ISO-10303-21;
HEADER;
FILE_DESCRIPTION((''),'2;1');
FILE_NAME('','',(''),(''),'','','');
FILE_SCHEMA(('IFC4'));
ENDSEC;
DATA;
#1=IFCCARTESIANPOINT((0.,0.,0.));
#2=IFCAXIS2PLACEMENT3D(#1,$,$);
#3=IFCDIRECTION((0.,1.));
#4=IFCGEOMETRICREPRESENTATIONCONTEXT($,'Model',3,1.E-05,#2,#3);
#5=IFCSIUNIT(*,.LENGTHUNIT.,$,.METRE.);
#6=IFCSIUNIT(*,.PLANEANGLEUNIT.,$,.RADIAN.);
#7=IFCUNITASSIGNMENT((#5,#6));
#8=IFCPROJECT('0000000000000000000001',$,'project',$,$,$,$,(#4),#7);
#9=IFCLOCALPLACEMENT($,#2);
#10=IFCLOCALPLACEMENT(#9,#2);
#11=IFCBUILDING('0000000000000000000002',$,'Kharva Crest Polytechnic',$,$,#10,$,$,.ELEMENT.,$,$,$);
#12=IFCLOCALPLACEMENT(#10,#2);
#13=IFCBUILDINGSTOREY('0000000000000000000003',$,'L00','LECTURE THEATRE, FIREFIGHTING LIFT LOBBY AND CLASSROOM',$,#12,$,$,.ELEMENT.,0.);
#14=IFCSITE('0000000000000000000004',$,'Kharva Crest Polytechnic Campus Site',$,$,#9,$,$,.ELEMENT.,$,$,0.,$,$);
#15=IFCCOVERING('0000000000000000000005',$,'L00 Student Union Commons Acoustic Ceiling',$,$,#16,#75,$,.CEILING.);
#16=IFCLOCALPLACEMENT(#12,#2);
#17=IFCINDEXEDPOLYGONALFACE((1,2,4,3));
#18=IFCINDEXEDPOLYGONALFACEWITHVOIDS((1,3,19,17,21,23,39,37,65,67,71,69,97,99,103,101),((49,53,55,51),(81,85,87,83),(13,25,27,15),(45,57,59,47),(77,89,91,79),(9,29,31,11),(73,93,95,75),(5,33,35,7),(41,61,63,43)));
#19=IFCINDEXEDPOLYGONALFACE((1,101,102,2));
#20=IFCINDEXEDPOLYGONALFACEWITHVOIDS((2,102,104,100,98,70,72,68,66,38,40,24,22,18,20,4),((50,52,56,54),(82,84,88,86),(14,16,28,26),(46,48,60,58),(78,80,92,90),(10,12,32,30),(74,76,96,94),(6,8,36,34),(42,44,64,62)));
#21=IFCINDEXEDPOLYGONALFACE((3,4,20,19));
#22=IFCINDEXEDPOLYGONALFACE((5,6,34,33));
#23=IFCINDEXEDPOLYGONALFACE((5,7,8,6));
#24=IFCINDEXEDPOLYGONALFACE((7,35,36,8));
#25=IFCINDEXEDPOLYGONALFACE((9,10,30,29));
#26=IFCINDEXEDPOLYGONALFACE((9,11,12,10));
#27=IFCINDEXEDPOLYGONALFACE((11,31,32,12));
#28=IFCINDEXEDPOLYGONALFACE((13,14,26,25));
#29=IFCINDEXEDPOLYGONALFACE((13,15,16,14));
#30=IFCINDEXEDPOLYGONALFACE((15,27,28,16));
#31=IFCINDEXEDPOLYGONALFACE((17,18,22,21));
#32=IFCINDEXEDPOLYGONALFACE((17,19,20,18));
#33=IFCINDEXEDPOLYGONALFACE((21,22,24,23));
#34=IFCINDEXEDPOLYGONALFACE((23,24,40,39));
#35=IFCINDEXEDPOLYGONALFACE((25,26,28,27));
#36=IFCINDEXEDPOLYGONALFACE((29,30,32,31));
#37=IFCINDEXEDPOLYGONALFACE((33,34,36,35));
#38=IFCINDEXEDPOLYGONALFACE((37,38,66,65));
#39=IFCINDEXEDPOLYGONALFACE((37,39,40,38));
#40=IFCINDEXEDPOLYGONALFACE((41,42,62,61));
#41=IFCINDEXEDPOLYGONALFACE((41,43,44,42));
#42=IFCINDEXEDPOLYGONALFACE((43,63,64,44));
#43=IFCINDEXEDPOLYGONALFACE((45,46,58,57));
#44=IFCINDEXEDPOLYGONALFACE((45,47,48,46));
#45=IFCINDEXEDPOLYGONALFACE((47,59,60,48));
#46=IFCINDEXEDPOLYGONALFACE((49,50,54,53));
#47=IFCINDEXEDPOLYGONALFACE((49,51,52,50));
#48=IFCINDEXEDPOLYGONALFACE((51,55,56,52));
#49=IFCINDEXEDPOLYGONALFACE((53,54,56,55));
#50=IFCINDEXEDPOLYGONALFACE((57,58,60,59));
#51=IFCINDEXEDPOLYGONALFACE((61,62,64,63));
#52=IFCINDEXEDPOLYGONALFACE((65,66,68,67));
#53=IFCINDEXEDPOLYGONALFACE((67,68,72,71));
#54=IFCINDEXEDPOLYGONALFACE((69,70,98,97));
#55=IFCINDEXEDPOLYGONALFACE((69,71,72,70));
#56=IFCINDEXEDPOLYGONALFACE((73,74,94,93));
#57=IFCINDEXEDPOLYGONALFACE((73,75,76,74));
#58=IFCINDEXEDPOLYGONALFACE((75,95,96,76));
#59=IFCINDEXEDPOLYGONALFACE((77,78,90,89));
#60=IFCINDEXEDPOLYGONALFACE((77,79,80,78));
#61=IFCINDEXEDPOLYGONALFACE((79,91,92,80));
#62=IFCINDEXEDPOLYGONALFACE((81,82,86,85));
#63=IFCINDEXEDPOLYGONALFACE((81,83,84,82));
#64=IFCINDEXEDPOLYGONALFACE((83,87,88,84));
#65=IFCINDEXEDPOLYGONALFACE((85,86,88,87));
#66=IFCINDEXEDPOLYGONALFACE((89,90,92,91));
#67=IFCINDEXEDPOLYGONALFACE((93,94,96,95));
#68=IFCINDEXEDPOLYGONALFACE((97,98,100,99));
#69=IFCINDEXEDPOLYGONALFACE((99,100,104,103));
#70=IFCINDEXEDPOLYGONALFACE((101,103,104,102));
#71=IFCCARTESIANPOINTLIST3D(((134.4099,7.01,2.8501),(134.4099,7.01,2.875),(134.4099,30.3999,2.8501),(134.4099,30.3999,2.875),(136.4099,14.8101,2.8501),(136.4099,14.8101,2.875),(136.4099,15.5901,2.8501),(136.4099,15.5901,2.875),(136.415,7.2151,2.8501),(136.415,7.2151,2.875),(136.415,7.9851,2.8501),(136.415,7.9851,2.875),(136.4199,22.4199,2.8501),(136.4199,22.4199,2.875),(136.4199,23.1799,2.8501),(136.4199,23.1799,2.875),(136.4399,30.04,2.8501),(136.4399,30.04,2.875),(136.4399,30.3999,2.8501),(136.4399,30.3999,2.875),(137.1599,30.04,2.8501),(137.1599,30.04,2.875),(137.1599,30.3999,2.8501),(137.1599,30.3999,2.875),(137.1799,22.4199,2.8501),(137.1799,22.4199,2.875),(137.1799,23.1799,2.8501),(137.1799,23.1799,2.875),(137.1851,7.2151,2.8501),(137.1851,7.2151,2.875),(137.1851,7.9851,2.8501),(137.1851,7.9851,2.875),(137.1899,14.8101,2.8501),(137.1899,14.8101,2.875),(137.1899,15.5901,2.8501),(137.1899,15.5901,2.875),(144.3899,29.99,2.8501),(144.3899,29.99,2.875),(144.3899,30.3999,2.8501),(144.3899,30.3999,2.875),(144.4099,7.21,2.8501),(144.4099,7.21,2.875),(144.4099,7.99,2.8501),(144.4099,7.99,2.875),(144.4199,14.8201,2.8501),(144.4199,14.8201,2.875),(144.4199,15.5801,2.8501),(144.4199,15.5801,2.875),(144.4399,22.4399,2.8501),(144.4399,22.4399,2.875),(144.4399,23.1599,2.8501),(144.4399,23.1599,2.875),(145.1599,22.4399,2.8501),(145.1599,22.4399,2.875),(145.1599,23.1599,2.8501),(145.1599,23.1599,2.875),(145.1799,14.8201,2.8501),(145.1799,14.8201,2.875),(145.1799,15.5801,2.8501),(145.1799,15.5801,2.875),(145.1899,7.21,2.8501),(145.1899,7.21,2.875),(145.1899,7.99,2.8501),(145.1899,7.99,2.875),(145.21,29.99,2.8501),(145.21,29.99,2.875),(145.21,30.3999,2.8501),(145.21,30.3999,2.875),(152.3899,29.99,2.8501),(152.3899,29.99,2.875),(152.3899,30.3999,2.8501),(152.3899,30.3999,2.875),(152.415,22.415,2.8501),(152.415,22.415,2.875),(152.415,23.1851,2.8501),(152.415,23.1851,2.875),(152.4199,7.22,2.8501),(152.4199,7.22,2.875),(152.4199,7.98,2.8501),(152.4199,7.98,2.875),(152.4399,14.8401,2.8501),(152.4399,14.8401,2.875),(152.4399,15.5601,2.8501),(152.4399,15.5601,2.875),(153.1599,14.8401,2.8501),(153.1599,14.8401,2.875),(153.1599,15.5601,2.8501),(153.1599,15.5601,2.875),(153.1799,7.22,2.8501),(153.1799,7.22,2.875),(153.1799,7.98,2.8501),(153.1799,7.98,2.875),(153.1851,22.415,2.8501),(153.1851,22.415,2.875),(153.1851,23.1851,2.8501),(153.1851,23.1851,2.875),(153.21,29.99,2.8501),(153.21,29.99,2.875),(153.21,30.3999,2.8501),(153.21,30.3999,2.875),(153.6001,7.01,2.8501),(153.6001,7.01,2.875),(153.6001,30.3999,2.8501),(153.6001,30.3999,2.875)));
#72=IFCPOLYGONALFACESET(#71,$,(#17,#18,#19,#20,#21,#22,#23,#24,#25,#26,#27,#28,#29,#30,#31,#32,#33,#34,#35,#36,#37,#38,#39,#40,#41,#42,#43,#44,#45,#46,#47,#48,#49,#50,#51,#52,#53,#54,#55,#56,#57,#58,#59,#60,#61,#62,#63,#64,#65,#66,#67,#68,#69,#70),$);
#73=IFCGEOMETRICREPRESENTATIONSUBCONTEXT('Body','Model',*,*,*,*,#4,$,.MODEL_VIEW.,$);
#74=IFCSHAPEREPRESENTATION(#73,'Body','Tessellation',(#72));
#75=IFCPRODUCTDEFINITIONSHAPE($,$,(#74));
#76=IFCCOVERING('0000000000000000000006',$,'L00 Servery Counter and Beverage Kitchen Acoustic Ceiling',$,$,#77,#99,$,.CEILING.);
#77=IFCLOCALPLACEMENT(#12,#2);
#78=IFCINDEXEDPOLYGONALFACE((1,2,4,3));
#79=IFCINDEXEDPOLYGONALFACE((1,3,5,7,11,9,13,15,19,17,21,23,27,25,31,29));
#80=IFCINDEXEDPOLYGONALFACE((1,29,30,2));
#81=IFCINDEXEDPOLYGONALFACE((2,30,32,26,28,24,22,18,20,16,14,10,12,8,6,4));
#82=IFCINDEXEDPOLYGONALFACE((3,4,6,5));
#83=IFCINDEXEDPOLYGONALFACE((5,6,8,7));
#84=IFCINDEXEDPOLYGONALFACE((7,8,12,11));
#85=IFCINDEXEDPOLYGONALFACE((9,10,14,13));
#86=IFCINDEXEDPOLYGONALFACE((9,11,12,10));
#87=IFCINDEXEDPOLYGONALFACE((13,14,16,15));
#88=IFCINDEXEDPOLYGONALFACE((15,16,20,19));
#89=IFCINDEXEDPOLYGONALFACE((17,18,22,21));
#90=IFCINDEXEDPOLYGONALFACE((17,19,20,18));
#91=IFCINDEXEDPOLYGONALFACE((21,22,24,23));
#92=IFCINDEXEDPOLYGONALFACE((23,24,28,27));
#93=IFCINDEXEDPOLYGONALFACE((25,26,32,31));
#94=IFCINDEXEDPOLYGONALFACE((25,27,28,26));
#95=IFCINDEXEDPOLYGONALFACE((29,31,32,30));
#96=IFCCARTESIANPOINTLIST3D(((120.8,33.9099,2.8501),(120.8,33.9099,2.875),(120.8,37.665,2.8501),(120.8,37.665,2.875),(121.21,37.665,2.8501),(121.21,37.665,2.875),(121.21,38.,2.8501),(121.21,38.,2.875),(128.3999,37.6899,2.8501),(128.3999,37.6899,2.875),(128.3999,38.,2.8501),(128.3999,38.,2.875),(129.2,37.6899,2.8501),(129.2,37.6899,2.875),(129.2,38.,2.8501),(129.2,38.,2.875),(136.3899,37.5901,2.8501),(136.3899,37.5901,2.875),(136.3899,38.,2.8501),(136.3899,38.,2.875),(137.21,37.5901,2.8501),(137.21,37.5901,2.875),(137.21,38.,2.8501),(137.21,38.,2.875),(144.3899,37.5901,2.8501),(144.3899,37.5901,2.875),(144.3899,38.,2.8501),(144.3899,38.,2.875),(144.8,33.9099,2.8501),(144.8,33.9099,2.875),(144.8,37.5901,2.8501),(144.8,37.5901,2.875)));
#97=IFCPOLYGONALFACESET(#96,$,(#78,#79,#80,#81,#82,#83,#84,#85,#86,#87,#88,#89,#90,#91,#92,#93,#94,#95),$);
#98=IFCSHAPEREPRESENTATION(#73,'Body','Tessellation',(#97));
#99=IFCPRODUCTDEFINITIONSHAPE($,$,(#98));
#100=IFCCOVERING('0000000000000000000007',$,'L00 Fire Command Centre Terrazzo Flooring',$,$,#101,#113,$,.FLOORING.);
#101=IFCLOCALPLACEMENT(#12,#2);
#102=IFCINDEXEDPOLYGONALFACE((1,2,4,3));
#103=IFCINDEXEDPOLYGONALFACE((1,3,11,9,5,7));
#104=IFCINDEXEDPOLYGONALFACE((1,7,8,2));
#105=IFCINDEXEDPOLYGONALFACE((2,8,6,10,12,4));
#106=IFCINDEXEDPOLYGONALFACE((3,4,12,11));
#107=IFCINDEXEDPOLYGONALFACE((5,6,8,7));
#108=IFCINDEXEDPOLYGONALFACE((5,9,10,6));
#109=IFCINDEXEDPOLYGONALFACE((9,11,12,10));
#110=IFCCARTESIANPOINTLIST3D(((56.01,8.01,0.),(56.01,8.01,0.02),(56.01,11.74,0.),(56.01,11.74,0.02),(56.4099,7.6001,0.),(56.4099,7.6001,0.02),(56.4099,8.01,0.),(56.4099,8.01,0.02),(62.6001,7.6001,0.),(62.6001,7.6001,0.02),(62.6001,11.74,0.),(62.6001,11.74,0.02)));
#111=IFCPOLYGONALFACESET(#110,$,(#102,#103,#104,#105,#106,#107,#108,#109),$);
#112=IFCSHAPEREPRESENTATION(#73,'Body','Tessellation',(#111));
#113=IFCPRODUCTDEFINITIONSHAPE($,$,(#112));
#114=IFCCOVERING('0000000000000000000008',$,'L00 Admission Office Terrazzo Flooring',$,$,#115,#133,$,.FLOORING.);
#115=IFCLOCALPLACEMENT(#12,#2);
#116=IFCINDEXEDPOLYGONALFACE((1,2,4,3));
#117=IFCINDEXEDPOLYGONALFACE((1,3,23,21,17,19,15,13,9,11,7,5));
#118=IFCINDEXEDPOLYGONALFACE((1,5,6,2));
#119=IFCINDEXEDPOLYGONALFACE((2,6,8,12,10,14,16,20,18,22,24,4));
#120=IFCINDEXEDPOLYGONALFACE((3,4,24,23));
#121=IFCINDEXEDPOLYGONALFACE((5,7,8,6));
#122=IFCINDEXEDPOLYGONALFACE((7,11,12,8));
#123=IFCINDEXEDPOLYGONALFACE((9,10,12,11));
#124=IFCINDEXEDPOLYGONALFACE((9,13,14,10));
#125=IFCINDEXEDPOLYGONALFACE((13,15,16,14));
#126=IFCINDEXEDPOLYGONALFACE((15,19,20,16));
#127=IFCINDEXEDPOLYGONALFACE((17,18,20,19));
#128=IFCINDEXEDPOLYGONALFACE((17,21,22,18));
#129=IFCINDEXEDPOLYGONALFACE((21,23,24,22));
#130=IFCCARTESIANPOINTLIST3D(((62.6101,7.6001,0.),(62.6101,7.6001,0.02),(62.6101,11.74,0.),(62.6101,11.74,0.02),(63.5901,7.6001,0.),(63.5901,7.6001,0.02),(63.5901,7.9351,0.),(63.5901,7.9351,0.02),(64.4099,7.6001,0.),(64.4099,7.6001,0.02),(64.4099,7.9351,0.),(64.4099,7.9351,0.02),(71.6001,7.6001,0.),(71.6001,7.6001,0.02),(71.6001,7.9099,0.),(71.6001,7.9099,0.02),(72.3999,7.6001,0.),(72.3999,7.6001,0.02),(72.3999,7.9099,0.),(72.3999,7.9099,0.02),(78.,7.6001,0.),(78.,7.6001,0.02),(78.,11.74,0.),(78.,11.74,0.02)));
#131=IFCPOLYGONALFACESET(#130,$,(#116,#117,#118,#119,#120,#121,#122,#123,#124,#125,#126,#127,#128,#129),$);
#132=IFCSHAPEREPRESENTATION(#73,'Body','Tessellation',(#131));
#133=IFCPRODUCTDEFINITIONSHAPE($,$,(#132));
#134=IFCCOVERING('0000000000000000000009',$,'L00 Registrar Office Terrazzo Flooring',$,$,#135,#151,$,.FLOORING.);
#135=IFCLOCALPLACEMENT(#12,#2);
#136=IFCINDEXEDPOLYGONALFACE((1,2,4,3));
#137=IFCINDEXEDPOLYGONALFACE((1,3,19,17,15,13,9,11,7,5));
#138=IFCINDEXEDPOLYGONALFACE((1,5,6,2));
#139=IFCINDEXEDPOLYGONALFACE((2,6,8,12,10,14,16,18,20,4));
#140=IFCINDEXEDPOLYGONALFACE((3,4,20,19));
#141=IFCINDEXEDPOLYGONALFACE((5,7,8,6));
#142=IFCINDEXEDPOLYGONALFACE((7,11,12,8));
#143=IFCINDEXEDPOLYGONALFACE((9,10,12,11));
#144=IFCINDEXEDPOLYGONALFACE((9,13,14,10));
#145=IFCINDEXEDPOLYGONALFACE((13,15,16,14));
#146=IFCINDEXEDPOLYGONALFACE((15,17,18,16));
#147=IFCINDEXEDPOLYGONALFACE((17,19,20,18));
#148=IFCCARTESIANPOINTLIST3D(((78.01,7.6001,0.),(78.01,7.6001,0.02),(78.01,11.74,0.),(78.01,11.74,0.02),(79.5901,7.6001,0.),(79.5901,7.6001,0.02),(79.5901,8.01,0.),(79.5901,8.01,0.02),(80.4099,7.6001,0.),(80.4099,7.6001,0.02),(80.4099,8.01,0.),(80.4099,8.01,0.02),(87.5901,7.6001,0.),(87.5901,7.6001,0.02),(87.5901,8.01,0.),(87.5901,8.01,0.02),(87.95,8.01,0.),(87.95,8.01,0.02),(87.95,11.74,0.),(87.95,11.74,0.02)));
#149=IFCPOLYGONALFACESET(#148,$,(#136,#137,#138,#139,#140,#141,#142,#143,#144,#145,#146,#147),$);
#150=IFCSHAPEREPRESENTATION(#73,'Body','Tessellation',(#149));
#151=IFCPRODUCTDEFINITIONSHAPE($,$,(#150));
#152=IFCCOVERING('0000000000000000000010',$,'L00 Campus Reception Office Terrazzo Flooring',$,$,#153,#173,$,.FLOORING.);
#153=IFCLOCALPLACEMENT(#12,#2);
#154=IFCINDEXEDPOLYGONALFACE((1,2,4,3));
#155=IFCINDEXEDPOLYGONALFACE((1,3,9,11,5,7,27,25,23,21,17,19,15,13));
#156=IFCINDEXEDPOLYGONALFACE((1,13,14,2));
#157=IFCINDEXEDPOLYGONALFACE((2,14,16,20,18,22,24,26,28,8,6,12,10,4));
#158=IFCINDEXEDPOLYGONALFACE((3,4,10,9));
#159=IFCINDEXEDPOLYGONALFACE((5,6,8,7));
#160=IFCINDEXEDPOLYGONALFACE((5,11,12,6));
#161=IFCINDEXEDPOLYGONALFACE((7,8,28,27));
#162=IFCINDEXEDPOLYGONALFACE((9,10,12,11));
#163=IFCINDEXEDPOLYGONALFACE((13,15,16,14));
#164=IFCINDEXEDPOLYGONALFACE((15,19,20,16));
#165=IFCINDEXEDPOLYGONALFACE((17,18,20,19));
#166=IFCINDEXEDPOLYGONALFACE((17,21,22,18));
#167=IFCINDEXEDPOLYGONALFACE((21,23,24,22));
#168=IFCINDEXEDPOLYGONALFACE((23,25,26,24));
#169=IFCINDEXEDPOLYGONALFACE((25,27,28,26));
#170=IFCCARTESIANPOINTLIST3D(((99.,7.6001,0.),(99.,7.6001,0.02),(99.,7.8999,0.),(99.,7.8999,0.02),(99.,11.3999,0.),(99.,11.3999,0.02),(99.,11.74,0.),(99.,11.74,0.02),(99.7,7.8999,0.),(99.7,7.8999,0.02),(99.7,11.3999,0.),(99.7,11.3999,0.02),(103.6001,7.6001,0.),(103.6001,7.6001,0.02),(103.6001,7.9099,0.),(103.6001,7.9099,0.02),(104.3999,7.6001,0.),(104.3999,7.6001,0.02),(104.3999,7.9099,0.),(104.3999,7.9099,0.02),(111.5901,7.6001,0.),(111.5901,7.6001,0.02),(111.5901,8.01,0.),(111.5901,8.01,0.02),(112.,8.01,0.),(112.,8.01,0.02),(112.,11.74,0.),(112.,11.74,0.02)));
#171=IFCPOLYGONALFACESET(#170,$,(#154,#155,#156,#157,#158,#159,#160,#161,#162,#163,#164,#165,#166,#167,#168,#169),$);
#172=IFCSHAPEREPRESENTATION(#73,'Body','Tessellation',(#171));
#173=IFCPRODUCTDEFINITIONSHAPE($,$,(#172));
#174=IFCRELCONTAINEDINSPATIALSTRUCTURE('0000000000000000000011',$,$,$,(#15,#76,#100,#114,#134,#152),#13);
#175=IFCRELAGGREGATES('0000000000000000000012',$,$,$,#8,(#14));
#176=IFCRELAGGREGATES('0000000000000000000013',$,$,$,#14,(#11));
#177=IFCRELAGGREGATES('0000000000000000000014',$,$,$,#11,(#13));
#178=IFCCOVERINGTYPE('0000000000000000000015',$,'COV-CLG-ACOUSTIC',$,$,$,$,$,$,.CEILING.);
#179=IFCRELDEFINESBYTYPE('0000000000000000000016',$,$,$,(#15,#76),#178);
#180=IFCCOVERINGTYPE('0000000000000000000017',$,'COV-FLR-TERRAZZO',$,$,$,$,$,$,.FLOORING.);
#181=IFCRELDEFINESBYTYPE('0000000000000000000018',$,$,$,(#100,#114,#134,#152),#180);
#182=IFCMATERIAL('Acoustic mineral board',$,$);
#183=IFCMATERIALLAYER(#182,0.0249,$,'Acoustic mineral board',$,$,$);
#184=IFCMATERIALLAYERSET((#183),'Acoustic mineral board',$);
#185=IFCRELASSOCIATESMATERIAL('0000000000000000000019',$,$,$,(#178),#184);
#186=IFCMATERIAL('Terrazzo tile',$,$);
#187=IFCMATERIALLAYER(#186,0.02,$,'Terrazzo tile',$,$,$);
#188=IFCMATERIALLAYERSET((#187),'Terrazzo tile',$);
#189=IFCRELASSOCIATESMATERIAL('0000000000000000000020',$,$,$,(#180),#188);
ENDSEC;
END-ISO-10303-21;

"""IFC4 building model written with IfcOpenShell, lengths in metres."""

from ifc_helpers import new_model, si_unit, direction, frame, origin, place, context, subcontext, project, spatial, polyline, outline, extrude, material, layer, layer_set, type_object, element, save


model = new_model("IFC4")

# Units and contexts
model_context = context("Model", 3, precision=1e-05, world=origin(), true_north=direction((0.0, 1.0)))
body_context = subcontext(model_context, "Body", "Model", "MODEL_VIEW")
ifc_project = project(units=[si_unit("LENGTHUNIT", "METRE"), si_unit("PLANEANGLEUNIT", "RADIAN")], contexts=[model_context])

# Site, building, storey
site_placement = place(None, origin())
site = spatial("IfcSite", under=ifc_project, at=site_placement, Name="Kharva Crest Polytechnic Campus Site", CompositionType="ELEMENT", RefElevation=0.0)
building_placement = place(site_placement, origin())
building = spatial("IfcBuilding", under=site, at=building_placement, Name="Kharva Crest Polytechnic", CompositionType="ELEMENT")
storey_placement = place(building_placement, origin())
storey = spatial("IfcBuildingStorey", under=building, at=storey_placement, Name="L00", Description="LECTURE THEATRE, FIREFIGHTING LIFT LOBBY AND CLASSROOM", CompositionType="ELEMENT", Elevation=0.0)

# Coverings
ifc_material_1 = material(Name="Acoustic mineral board")
ifc_layer_1 = layer(ifc_material_1, 0.0249, Name="Acoustic mineral board")
ifc_layer_set_1 = layer_set([ifc_layer_1], Name="Acoustic mineral board")
covering_type_1 = type_object("IfcCoveringType", Name="COV-CLG-ACOUSTIC", PredefinedType="CEILING", material=ifc_layer_set_1)
covering_1_placement = place(storey_placement, frame((0.0, 0.0, 2.8501)))
element("IfcCovering", 1, at=covering_1_placement, inside=storey, type_object=covering_type_1, Name="L00 Student Union Commons Acoustic Ceiling", PredefinedType="CEILING", context=body_context, shape_type="SweptSolid", body=[
    extrude(outline(polyline([(136.4399, 30.3999), (136.4399, 30.04), (137.1599, 30.04), (137.1599, 30.3999), (144.3899, 30.3999), (144.3899, 29.99), (145.21, 29.99), (145.21, 30.3999), (152.3899, 30.3999), (152.3899, 29.99), (153.21, 29.99), (153.21, 30.3999), (153.6001, 30.3999), (153.6001, 7.01), (134.4099, 7.01), (134.4099, 30.3999), (136.4399, 30.3999)]), holes=[polyline([(136.415, 7.9851), (136.415, 7.2151), (137.1851, 7.2151), (137.1851, 7.9851), (136.415, 7.9851)]), polyline([(136.4199, 23.1799), (136.4199, 22.4199), (137.1799, 22.4199), (137.1799, 23.1799), (136.4199, 23.1799)]), polyline([(152.4199, 7.98), (152.4199, 7.22), (153.1799, 7.22), (153.1799, 7.98), (152.4199, 7.98)]), polyline([(144.4099, 7.99), (144.4099, 7.21), (145.1899, 7.21), (145.1899, 7.99), (144.4099, 7.99)]), polyline([(144.4199, 15.5801), (144.4199, 14.8201), (145.1799, 14.8201), (145.1799, 15.5801), (144.4199, 15.5801)]), polyline([(153.1599, 15.5601), (152.4399, 15.5601), (152.4399, 14.8401), (153.1599, 14.8401), (153.1599, 15.5601)]), polyline([(137.1899, 15.5901), (136.4099, 15.5901), (136.4099, 14.8101), (137.1899, 14.8101), (137.1899, 15.5901)]), polyline([(144.4399, 23.1599), (144.4399, 22.4399), (145.1599, 22.4399), (145.1599, 23.1599), (144.4399, 23.1599)]), polyline([(152.415, 23.1851), (152.415, 22.415), (153.1851, 22.415), (153.1851, 23.1851), (152.415, 23.1851)])]), origin(), (0.0, 0.0, 1.0), 0.0249),
])
covering_2_placement = place(storey_placement, frame((0.0, 0.0, 2.8501)))
element("IfcCovering", 2, at=covering_2_placement, inside=storey, type_object=covering_type_1, Name="L00 Servery Counter and Beverage Kitchen Acoustic Ceiling", PredefinedType="CEILING", context=body_context, shape_type="SweptSolid", body=[
    extrude(outline(polyline([(120.8, 37.665), (121.21, 37.665), (121.21, 38.0), (128.3999, 38.0), (128.3999, 37.6899), (129.2, 37.6899), (129.2, 38.0), (136.3899, 38.0), (136.3899, 37.5901), (137.21, 37.5901), (137.21, 38.0), (144.3899, 38.0), (144.3899, 37.5901), (144.8, 37.5901), (144.8, 33.9099), (120.8, 33.9099), (120.8, 37.665)])), origin(), (0.0, 0.0, 1.0), 0.0249),
])
ifc_material_2 = material(Name="Terrazzo tile")
ifc_layer_2 = layer(ifc_material_2, 0.02, Name="Terrazzo tile")
ifc_layer_set_2 = layer_set([ifc_layer_2], Name="Terrazzo tile")
covering_type_2 = type_object("IfcCoveringType", Name="COV-FLR-TERRAZZO", PredefinedType="FLOORING", material=ifc_layer_set_2)
covering_3_placement = place(storey_placement, origin())
element("IfcCovering", 3, at=covering_3_placement, inside=storey, type_object=covering_type_2, Name="L00 Fire Command Centre Terrazzo Flooring", PredefinedType="FLOORING", context=body_context, shape_type="SweptSolid", body=[
    extrude(outline(polyline([(62.6001, 7.6001), (56.4099, 7.6001), (56.4099, 8.01), (56.01, 8.01), (56.01, 11.74), (62.6001, 11.74), (62.6001, 7.6001)])), origin(), (0.0, 0.0, 1.0), 0.02),
])
covering_4_placement = place(storey_placement, origin())
element("IfcCovering", 4, at=covering_4_placement, inside=storey, type_object=covering_type_2, Name="L00 Admission Office Terrazzo Flooring", PredefinedType="FLOORING", context=body_context, shape_type="SweptSolid", body=[
    extrude(outline(polyline([(78.0, 7.6001), (72.3999, 7.6001), (72.3999, 7.9099), (71.6001, 7.9099), (71.6001, 7.6001), (64.4099, 7.6001), (64.4099, 7.9351), (63.5901, 7.9351), (63.5901, 7.6001), (62.6101, 7.6001), (62.6101, 11.74), (78.0, 11.74), (78.0, 7.6001)])), origin(), (0.0, 0.0, 1.0), 0.02),
])
covering_5_placement = place(storey_placement, origin())
element("IfcCovering", 5, at=covering_5_placement, inside=storey, type_object=covering_type_2, Name="L00 Registrar Office Terrazzo Flooring", PredefinedType="FLOORING", context=body_context, shape_type="SweptSolid", body=[
    extrude(outline(polyline([(87.95, 8.01), (87.5901, 8.01), (87.5901, 7.6001), (80.4099, 7.6001), (80.4099, 8.01), (79.5901, 8.01), (79.5901, 7.6001), (78.01, 7.6001), (78.01, 11.74), (87.95, 11.74), (87.95, 8.01)])), origin(), (0.0, 0.0, 1.0), 0.02),
])
covering_6_placement = place(storey_placement, origin())
element("IfcCovering", 6, at=covering_6_placement, inside=storey, type_object=covering_type_2, Name="L00 Campus Reception Office Terrazzo Flooring", PredefinedType="FLOORING", context=body_context, shape_type="SweptSolid", body=[
    extrude(outline(polyline([(104.3999, 7.9099), (103.6001, 7.9099), (103.6001, 7.6001), (99.0, 7.6001), (99.0, 7.8999), (99.7, 7.8999), (99.7, 11.3999), (99.0, 11.3999), (99.0, 11.74), (112.0, 11.74), (112.0, 8.01), (111.5901, 8.01), (111.5901, 7.6001), (104.3999, 7.6001), (104.3999, 7.9099)])), origin(), (0.0, 0.0, 1.0), 0.02),
])

save(model, "model.ifc")
